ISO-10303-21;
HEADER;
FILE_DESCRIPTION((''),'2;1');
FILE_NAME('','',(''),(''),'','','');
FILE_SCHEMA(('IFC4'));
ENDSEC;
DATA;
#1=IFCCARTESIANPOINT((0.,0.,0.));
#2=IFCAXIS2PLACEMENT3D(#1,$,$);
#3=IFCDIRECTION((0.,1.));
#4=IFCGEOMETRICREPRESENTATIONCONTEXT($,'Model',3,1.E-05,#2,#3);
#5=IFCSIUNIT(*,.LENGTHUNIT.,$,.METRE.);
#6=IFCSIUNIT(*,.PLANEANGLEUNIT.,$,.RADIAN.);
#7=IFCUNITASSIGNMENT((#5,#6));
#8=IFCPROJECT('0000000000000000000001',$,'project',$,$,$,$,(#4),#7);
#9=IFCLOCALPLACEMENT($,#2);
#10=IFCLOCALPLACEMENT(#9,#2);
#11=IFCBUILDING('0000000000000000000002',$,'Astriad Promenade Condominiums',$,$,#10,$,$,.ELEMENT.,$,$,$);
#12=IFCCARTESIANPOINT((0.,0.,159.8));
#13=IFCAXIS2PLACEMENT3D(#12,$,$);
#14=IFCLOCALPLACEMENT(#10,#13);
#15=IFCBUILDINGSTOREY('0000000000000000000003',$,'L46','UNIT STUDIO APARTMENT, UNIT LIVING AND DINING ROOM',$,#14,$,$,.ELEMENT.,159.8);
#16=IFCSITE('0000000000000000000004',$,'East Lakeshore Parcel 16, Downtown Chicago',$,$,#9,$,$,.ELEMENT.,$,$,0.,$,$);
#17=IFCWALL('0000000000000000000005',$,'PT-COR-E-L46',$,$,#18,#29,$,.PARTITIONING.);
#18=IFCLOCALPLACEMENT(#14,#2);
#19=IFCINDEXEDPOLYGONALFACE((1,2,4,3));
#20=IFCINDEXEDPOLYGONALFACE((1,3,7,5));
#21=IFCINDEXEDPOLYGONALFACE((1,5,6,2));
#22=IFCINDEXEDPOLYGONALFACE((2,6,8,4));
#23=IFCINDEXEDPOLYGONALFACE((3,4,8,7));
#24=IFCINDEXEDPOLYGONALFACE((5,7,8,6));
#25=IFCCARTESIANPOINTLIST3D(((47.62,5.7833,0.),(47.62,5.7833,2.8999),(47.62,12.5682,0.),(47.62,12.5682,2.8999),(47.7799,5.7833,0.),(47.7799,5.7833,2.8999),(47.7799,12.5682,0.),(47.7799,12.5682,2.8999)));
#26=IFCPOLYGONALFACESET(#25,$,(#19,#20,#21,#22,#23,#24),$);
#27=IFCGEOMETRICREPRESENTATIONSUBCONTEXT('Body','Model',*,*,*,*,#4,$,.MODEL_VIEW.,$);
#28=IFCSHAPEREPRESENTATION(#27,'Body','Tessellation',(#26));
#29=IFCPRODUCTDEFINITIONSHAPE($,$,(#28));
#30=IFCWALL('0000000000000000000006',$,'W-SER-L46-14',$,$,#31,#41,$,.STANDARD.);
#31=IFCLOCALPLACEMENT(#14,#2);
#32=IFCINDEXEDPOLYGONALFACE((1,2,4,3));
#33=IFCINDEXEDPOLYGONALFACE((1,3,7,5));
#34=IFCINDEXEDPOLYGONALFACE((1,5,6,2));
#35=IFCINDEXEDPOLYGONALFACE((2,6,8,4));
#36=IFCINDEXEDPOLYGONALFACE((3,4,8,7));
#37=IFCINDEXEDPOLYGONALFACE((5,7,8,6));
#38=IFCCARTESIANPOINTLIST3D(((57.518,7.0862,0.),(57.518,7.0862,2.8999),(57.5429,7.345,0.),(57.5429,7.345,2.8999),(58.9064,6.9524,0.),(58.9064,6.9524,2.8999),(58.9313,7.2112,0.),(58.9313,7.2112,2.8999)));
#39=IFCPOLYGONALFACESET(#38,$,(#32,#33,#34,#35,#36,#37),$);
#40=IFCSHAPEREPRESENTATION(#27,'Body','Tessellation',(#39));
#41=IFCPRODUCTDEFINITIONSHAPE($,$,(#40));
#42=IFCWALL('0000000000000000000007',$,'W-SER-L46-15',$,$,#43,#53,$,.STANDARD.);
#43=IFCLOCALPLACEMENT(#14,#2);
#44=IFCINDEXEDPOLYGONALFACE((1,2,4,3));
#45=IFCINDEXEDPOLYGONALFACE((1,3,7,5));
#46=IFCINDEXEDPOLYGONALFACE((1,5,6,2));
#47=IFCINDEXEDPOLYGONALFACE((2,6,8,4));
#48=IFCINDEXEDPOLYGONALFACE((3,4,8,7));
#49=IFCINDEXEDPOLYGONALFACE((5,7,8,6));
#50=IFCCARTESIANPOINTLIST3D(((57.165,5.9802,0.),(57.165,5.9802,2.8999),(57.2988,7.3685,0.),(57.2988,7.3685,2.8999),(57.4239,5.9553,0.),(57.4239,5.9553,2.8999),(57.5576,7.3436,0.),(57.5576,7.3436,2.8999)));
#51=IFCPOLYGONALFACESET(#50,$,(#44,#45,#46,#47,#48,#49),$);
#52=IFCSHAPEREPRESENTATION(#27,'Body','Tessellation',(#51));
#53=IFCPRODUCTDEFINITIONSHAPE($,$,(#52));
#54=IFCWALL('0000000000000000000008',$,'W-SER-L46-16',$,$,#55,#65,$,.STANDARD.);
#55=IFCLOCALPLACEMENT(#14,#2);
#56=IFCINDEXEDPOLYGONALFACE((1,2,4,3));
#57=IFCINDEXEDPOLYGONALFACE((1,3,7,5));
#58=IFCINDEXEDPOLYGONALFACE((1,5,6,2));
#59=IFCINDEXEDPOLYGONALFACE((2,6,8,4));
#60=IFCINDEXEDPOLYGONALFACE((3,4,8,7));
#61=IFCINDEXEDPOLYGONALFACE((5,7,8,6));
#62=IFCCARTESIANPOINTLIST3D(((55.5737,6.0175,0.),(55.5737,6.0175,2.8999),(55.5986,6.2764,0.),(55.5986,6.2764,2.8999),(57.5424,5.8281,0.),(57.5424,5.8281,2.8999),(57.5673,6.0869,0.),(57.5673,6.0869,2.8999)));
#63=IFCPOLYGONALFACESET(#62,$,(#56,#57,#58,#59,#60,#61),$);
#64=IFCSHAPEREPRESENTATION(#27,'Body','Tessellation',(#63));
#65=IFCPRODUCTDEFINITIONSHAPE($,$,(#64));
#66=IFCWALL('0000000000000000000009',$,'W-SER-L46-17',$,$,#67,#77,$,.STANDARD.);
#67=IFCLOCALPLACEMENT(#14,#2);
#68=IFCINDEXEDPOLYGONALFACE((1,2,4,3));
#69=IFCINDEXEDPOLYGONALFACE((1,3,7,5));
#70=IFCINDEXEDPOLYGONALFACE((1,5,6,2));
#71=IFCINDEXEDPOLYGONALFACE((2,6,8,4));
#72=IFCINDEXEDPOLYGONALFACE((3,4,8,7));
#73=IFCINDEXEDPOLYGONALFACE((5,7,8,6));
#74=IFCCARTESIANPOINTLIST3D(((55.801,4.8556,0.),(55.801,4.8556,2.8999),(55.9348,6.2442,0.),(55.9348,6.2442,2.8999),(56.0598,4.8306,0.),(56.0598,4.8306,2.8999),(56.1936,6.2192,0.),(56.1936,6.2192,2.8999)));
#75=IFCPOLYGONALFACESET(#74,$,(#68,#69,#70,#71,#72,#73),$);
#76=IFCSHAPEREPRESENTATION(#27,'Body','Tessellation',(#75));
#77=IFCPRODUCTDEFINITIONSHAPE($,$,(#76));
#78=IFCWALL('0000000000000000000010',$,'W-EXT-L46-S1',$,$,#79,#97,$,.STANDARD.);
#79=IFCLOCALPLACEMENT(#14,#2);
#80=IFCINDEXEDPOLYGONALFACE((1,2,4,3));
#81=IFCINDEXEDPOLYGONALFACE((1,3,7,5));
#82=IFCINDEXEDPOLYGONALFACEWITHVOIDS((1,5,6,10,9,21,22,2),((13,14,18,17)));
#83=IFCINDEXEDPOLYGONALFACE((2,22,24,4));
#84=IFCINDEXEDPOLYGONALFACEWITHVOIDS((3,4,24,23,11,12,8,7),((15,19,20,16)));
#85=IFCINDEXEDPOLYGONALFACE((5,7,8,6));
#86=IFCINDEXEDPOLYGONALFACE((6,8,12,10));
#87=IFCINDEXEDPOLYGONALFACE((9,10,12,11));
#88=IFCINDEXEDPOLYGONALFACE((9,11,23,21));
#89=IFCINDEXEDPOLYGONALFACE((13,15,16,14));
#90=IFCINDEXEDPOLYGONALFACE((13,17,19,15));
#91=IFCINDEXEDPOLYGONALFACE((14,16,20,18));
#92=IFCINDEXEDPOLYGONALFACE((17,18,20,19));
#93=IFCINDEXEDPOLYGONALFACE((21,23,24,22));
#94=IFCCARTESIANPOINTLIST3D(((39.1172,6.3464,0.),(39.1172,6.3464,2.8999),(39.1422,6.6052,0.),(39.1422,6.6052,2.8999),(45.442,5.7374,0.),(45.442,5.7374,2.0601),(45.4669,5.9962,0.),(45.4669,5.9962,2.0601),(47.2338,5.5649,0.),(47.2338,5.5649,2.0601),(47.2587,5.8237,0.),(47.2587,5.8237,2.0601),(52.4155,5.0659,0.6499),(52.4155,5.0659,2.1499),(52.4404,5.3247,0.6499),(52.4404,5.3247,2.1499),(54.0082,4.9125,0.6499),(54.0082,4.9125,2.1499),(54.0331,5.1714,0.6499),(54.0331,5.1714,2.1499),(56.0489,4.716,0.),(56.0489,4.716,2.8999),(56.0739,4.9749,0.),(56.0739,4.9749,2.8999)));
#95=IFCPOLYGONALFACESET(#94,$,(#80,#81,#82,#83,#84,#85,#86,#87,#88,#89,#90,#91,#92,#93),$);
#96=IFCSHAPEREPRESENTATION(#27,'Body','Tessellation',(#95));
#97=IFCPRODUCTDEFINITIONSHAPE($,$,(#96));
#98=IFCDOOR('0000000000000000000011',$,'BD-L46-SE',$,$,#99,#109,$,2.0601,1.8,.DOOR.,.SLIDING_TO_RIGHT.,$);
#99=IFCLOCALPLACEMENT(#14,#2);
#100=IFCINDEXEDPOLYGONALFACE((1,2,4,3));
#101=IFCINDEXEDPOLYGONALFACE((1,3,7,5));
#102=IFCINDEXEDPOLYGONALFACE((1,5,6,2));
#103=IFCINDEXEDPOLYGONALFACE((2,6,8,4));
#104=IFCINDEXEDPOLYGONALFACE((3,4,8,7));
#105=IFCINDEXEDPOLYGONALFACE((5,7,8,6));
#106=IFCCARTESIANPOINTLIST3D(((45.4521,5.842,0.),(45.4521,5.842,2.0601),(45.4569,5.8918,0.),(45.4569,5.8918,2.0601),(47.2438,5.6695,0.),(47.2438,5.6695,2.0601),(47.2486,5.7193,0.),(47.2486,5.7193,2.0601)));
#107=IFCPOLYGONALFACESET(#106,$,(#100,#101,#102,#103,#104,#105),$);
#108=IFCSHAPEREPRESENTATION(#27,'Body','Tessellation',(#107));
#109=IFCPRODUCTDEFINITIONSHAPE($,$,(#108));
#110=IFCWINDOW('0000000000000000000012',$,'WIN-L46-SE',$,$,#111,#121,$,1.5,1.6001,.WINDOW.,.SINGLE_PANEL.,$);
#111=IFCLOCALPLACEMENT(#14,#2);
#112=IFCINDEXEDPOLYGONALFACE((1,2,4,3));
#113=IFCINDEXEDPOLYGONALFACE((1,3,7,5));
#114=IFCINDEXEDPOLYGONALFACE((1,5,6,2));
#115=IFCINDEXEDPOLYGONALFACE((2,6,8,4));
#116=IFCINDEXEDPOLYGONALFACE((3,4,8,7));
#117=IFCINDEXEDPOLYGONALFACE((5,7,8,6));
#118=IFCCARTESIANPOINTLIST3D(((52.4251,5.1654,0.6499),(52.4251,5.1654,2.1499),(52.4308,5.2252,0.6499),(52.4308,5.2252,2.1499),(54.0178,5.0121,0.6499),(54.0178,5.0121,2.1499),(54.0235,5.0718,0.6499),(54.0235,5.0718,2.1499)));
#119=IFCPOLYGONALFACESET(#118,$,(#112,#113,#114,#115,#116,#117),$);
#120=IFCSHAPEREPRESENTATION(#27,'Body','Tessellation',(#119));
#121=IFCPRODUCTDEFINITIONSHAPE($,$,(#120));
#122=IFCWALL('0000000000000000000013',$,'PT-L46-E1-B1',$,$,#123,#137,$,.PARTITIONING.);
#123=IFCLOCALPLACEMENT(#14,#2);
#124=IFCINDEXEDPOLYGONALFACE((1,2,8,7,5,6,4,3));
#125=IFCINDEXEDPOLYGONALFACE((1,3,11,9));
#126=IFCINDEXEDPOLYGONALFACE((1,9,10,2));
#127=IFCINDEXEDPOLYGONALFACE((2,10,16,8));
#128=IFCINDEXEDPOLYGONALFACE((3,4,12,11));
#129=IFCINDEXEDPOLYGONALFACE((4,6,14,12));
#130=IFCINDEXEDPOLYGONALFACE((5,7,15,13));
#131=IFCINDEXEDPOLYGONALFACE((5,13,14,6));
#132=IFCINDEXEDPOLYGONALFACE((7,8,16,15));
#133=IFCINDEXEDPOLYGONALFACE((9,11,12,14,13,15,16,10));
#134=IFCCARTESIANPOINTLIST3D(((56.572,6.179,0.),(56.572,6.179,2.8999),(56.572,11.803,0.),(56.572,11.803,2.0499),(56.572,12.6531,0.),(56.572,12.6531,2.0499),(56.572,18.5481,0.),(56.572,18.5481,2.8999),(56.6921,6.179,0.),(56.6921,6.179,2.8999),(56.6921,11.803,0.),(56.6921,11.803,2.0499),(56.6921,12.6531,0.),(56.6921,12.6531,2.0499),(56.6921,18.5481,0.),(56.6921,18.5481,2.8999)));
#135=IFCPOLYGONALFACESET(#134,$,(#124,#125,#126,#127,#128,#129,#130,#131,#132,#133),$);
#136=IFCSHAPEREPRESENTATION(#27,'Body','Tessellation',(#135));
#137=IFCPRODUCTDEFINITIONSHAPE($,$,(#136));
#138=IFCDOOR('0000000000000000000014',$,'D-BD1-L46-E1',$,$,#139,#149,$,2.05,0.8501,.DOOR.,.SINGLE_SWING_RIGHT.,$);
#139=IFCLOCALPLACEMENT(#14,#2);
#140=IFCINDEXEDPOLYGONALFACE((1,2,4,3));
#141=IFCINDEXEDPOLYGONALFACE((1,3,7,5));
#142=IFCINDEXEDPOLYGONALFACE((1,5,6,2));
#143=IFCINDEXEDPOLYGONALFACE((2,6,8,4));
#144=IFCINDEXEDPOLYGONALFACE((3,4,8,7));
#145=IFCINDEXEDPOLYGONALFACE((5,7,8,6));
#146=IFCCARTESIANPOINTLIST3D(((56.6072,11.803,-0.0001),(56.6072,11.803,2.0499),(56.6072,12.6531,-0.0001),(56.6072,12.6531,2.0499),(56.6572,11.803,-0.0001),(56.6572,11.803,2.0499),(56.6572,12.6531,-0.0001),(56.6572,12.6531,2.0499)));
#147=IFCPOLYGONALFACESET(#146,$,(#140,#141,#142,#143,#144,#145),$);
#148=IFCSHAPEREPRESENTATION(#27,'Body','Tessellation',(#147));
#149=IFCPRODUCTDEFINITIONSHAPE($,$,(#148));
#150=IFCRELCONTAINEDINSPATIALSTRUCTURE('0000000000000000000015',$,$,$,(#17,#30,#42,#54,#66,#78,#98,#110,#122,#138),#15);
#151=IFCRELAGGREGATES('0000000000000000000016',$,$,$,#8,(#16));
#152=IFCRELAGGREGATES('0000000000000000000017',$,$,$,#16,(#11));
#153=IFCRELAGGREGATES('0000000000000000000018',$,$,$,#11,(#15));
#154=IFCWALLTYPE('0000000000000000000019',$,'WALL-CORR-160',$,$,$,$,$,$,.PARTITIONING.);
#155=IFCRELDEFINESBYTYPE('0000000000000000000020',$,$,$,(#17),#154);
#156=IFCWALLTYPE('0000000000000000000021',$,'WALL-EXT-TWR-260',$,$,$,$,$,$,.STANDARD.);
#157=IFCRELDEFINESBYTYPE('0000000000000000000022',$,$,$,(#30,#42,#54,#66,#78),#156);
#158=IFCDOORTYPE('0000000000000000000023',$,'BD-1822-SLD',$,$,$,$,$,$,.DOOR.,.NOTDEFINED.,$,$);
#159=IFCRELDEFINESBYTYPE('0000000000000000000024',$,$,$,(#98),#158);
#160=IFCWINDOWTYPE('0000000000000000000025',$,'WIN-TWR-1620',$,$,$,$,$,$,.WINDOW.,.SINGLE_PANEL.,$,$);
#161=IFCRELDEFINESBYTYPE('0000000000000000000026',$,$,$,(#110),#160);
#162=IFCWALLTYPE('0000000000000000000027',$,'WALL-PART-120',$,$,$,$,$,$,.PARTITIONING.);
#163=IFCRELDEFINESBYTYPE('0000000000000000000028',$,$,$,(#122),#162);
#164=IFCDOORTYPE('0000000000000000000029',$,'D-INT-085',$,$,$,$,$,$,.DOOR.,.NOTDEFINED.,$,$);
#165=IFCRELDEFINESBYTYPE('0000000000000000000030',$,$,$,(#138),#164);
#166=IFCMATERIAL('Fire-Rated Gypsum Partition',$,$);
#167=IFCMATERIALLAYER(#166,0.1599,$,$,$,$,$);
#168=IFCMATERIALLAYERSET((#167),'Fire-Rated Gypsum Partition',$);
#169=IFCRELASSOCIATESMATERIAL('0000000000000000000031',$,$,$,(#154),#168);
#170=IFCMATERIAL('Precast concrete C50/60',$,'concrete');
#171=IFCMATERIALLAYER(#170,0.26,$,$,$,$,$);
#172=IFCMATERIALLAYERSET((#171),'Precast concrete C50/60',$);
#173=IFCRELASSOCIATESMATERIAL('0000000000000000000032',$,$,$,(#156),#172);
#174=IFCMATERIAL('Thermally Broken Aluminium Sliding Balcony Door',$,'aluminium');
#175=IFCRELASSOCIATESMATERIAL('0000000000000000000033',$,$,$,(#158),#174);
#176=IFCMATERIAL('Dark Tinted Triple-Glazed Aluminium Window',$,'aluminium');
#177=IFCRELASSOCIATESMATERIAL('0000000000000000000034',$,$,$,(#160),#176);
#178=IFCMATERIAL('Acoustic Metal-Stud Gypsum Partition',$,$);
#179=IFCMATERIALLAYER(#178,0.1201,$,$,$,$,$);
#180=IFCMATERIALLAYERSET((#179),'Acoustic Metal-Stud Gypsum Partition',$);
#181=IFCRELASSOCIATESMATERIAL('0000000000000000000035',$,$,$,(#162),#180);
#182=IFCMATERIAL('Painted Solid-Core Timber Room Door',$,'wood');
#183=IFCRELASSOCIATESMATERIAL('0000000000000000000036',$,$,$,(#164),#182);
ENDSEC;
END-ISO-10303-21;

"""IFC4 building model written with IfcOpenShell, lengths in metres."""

from ifc_helpers import new_model, si_unit, direction, frame, frame_2d, origin, place, context, subcontext, project, spatial, rectangle, extrude, source, transform, mapped, material, layer, layer_set, type_object, type_shapes, element, fill, save


model = new_model("IFC4")

# Units and contexts
model_context = context("Model", 3, precision=1e-05, world=origin(), true_north=direction((0.0, 1.0)))
body_context = subcontext(model_context, "Body", "Model", "MODEL_VIEW")
ifc_project = project(units=[si_unit("LENGTHUNIT", "METRE"), si_unit("PLANEANGLEUNIT", "RADIAN")], contexts=[model_context])

# Site, building, storey
site_placement = place(None, origin())
site = spatial("IfcSite", under=ifc_project, at=site_placement, Name="East Lakeshore Parcel 16, Downtown Chicago", CompositionType="ELEMENT", RefElevation=0.0)
building_placement = place(site_placement, origin())
building = spatial("IfcBuilding", under=site, at=building_placement, Name="Astriad Promenade Condominiums", CompositionType="ELEMENT")
storey_placement = place(building_placement, frame((0.0, 0.0, 159.8)))
storey = spatial("IfcBuildingStorey", under=building, at=storey_placement, Name="L46", Description="UNIT STUDIO APARTMENT, UNIT LIVING AND DINING ROOM", CompositionType="ELEMENT", Elevation=159.8)

# Walls
ifc_material_1 = material(Name="Fire-Rated Gypsum Partition")
ifc_layer_1 = layer(ifc_material_1, 0.1599)
ifc_layer_set_1 = layer_set([ifc_layer_1], Name="Fire-Rated Gypsum Partition")
wall_type_1 = type_object("IfcWallType", Name="WALL-CORR-160", PredefinedType="PARTITIONING", material=ifc_layer_set_1)
wall_1_placement = place(storey_placement, frame((47.7, 5.7832, 0.0), z_axis=(0.0, 0.0, 1.0), x_axis=(0.0, 1.0, 0.0)))
element("IfcWall", 1, at=wall_1_placement, inside=storey, type_object=wall_type_1, Name="PT-COR-E-L46", PredefinedType="PARTITIONING", context=body_context, shape_type="SweptSolid", body=[
    extrude(rectangle(XDim=6.7849, YDim=0.1599, at=frame_2d((3.3926, 0.0))), origin(), (0.0, 0.0, 1.0), 2.8999),
])
ifc_material_2 = material(Name="Precast concrete C50/60", Category="concrete")
ifc_layer_2 = layer(ifc_material_2, 0.26)
ifc_layer_set_2 = layer_set([ifc_layer_2], Name="Precast concrete C50/60")
wall_type_2 = type_object("IfcWallType", Name="WALL-EXT-TWR-260", PredefinedType="STANDARD", material=ifc_layer_set_2)
for number, where, z_axis, x_axis, name in (
    (2, (58.9187, 7.0818, 0.0), (0.0, 0.0, 1.0), (-0.995389, 0.095916, 0.0), "W-SER-L46-14"),
    (3, (57.4282, 7.356, 0.0), (0.0, 0.0, 1.0), (-0.095916, -0.995389, 0.0), "W-SER-L46-15"),
):
    element("IfcWall", number, at=place(storey_placement, frame(where, z_axis=z_axis, x_axis=x_axis)), inside=storey, type_object=wall_type_2, Name=name, PredefinedType="STANDARD", context=body_context, shape_type="SweptSolid", body=[
        extrude(rectangle(XDim=1.3948, YDim=0.26, at=frame_2d((0.6973, 0.0))), origin(), (0.0, 0.0, 1.0), 2.8999),
    ])
wall_2_placement = place(storey_placement, frame((57.5547, 5.9575, 0.0), z_axis=(0.0, 0.0, 1.0), x_axis=(-0.995402, 0.095788, 0.0)))
element("IfcWall", 4, at=wall_2_placement, inside=storey, type_object=wall_type_2, Name="W-SER-L46-16", PredefinedType="STANDARD", context=body_context, shape_type="SweptSolid", body=[
    extrude(rectangle(XDim=1.9778, YDim=0.26, at=frame_2d((0.9888, 0.0))), origin(), (0.0, 0.0, 1.0), 2.8999),
])
wall_3_placement = place(storey_placement, frame((56.0642, 6.2317, 0.0), z_axis=(0.0, 0.0, 1.0), x_axis=(-0.095899, -0.995391, 0.0)))
element("IfcWall", 5, at=wall_3_placement, inside=storey, type_object=wall_type_2, Name="W-SER-L46-17", PredefinedType="STANDARD", context=body_context, shape_type="SweptSolid", body=[
    extrude(rectangle(XDim=1.395, YDim=0.26, at=frame_2d((0.6975, 0.0))), origin(), (0.0, 0.0, 1.0), 2.8999),
])

# Wall, openings, door, window
wall_4_placement = place(storey_placement, frame((56.0613, 4.8455, 0.0), z_axis=(0.0, 0.0, 1.0), x_axis=(-0.995396, 0.095848, 0.0)))
wall_4 = element("IfcWall", 6, at=wall_4_placement, inside=storey, type_object=wall_type_2, Name="W-EXT-L46-S1", PredefinedType="STANDARD", context=body_context, shape_type="SweptSolid", body=[
    extrude(rectangle(XDim=17.01, YDim=0.26, at=frame_2d((8.5049, 0.0))), origin(), (0.0, 0.0, 1.0), 2.8999),
])
opening_1_placement = place(wall_4_placement, frame((8.856, 0.0, 0.0)))
opening_1 = element("IfcOpeningElement", 7, at=opening_1_placement, cuts=wall_4, PredefinedType="OPENING", context=body_context, shape_type="SweptSolid", body=[
    extrude(rectangle(XDim=1.8, YDim=2.0601, at=frame_2d((0.8999, 1.03))), frame((0.0, 0.1399, 0.0), z_axis=(0.0, -1.0, 0.0), x_axis=(1.0, 0.0, 0.0)), (0.0, 0.0, 1.0), 0.28),
])
opening_2_placement = place(wall_4_placement, frame((2.05, 0.0, 0.6499)))
opening_2 = element("IfcOpeningElement", 8, at=opening_2_placement, cuts=wall_4, PredefinedType="OPENING", context=body_context, shape_type="SweptSolid", body=[
    extrude(rectangle(XDim=1.6001, YDim=1.5, at=frame_2d((0.8, 0.75))), frame((0.0, 0.1399, 0.0), z_axis=(0.0, -1.0, 0.0), x_axis=(1.0, 0.0, 0.0)), (0.0, 0.0, 1.0), 0.28),
])
ifc_material_3 = material(Name="Thermally Broken Aluminium Sliding Balcony Door", Category="aluminium")
door_type_1 = type_object("IfcDoorType", Name="BD-1822-SLD", OperationType="NOTDEFINED", PredefinedType="DOOR", material=ifc_material_3)
shared_shape_1 = source(origin(), body_context, "Body", "SweptSolid", [
    extrude(rectangle(XDim=1.8, YDim=2.0601, at=frame_2d((0.8999, 1.03))), frame((0.0, 0.0249, 0.0), z_axis=(0.0, -1.0, 0.0), x_axis=(1.0, 0.0, 0.0)), (0.0, 0.0, 1.0), 0.05),
])
type_shapes(door_type_1, [shared_shape_1])
door_1_placement = place(opening_1_placement, origin())
door_1 = element("IfcDoor", 9, at=door_1_placement, inside=storey, type_object=door_type_1, Name="BD-L46-SE", OperationType="SLIDING_TO_RIGHT", OverallHeight=2.0601, OverallWidth=1.8, PredefinedType="DOOR", context=body_context, shape_type="MappedRepresentation", body=[
    mapped(shared_shape_1, transform((0.0, 0.0, 0.0), scale=1.0)),
])
fill(opening_1, door_1)
ifc_material_4 = material(Name="Dark Tinted Triple-Glazed Aluminium Window", Category="aluminium")
window_type = type_object("IfcWindowType", Name="WIN-TWR-1620", PartitioningType="SINGLE_PANEL", PredefinedType="WINDOW", material=ifc_material_4)
shared_shape_2 = source(origin(), body_context, "Body", "SweptSolid", [
    extrude(rectangle(XDim=1.6001, YDim=1.5, at=frame_2d((0.8, 0.75))), frame((0.0, 0.03, 0.0), z_axis=(0.0, -1.0, 0.0), x_axis=(1.0, 0.0, 0.0)), (0.0, 0.0, 1.0), 0.0601),
])
type_shapes(window_type, [shared_shape_2])
window_placement = place(opening_2_placement, origin())
window = element("IfcWindow", 10, at=window_placement, inside=storey, type_object=window_type, Name="WIN-L46-SE", OverallHeight=1.5, OverallWidth=1.6001, PartitioningType="SINGLE_PANEL", PredefinedType="WINDOW", context=body_context, shape_type="MappedRepresentation", body=[
    mapped(shared_shape_2, transform((0.0, 0.0, 0.0), scale=1.0)),
])
fill(opening_2, window)

# Wall, opening, door
ifc_material_5 = material(Name="Acoustic Metal-Stud Gypsum Partition")
ifc_layer_3 = layer(ifc_material_5, 0.1201)
ifc_layer_set_3 = layer_set([ifc_layer_3], Name="Acoustic Metal-Stud Gypsum Partition")
wall_type_3 = type_object("IfcWallType", Name="WALL-PART-120", PredefinedType="PARTITIONING", material=ifc_layer_set_3)
wall_5_placement = place(storey_placement, frame((56.6321, 6.179, 0.0), z_axis=(0.0, 0.0, 1.0), x_axis=(0.0, 1.0, 0.0)))
wall_5 = element("IfcWall", 11, at=wall_5_placement, inside=storey, type_object=wall_type_3, Name="PT-L46-E1-B1", PredefinedType="PARTITIONING", context=body_context, shape_type="SweptSolid", body=[
    extrude(rectangle(XDim=12.3691, YDim=0.1201, at=frame_2d((6.1846, 0.0))), origin(), (0.0, 0.0, 1.0), 2.8999),
])
opening_3_placement = place(wall_5_placement, frame((5.624, 0.0, 0.0)))
opening_3 = element("IfcOpeningElement", 12, at=opening_3_placement, cuts=wall_5, PredefinedType="OPENING", context=body_context, shape_type="SweptSolid", body=[
    extrude(rectangle(XDim=0.8501, YDim=2.05, at=frame_2d((0.425, 1.0249))), frame((0.0, 0.0701, 0.0), z_axis=(0.0, -1.0, 0.0), x_axis=(1.0, 0.0, 0.0)), (0.0, 0.0, 1.0), 0.1401),
])
ifc_material_6 = material(Name="Painted Solid-Core Timber Room Door", Category="wood")
door_type_2 = type_object("IfcDoorType", Name="D-INT-085", OperationType="NOTDEFINED", PredefinedType="DOOR", material=ifc_material_6)
shared_shape_3 = source(origin(), body_context, "Body", "SweptSolid", [
    extrude(rectangle(XDim=0.8501, YDim=2.05, at=frame_2d((0.425, 1.0249))), frame((0.0, 0.0249, 0.0), z_axis=(0.0, -1.0, 0.0), x_axis=(1.0, 0.0, 0.0)), (0.0, 0.0, 1.0), 0.05),
])
type_shapes(door_type_2, [shared_shape_3])
door_2_placement = place(opening_3_placement, origin())
door_2 = element("IfcDoor", 13, at=door_2_placement, inside=storey, type_object=door_type_2, Name="D-BD1-L46-E1", OperationType="SINGLE_SWING_RIGHT", OverallHeight=2.05, OverallWidth=0.8501, PredefinedType="DOOR", context=body_context, shape_type="MappedRepresentation", body=[
    mapped(shared_shape_3, transform((0.0, 0.0, 0.0), scale=1.0)),
])
fill(opening_3, door_2)

save(model, "model.ifc")
